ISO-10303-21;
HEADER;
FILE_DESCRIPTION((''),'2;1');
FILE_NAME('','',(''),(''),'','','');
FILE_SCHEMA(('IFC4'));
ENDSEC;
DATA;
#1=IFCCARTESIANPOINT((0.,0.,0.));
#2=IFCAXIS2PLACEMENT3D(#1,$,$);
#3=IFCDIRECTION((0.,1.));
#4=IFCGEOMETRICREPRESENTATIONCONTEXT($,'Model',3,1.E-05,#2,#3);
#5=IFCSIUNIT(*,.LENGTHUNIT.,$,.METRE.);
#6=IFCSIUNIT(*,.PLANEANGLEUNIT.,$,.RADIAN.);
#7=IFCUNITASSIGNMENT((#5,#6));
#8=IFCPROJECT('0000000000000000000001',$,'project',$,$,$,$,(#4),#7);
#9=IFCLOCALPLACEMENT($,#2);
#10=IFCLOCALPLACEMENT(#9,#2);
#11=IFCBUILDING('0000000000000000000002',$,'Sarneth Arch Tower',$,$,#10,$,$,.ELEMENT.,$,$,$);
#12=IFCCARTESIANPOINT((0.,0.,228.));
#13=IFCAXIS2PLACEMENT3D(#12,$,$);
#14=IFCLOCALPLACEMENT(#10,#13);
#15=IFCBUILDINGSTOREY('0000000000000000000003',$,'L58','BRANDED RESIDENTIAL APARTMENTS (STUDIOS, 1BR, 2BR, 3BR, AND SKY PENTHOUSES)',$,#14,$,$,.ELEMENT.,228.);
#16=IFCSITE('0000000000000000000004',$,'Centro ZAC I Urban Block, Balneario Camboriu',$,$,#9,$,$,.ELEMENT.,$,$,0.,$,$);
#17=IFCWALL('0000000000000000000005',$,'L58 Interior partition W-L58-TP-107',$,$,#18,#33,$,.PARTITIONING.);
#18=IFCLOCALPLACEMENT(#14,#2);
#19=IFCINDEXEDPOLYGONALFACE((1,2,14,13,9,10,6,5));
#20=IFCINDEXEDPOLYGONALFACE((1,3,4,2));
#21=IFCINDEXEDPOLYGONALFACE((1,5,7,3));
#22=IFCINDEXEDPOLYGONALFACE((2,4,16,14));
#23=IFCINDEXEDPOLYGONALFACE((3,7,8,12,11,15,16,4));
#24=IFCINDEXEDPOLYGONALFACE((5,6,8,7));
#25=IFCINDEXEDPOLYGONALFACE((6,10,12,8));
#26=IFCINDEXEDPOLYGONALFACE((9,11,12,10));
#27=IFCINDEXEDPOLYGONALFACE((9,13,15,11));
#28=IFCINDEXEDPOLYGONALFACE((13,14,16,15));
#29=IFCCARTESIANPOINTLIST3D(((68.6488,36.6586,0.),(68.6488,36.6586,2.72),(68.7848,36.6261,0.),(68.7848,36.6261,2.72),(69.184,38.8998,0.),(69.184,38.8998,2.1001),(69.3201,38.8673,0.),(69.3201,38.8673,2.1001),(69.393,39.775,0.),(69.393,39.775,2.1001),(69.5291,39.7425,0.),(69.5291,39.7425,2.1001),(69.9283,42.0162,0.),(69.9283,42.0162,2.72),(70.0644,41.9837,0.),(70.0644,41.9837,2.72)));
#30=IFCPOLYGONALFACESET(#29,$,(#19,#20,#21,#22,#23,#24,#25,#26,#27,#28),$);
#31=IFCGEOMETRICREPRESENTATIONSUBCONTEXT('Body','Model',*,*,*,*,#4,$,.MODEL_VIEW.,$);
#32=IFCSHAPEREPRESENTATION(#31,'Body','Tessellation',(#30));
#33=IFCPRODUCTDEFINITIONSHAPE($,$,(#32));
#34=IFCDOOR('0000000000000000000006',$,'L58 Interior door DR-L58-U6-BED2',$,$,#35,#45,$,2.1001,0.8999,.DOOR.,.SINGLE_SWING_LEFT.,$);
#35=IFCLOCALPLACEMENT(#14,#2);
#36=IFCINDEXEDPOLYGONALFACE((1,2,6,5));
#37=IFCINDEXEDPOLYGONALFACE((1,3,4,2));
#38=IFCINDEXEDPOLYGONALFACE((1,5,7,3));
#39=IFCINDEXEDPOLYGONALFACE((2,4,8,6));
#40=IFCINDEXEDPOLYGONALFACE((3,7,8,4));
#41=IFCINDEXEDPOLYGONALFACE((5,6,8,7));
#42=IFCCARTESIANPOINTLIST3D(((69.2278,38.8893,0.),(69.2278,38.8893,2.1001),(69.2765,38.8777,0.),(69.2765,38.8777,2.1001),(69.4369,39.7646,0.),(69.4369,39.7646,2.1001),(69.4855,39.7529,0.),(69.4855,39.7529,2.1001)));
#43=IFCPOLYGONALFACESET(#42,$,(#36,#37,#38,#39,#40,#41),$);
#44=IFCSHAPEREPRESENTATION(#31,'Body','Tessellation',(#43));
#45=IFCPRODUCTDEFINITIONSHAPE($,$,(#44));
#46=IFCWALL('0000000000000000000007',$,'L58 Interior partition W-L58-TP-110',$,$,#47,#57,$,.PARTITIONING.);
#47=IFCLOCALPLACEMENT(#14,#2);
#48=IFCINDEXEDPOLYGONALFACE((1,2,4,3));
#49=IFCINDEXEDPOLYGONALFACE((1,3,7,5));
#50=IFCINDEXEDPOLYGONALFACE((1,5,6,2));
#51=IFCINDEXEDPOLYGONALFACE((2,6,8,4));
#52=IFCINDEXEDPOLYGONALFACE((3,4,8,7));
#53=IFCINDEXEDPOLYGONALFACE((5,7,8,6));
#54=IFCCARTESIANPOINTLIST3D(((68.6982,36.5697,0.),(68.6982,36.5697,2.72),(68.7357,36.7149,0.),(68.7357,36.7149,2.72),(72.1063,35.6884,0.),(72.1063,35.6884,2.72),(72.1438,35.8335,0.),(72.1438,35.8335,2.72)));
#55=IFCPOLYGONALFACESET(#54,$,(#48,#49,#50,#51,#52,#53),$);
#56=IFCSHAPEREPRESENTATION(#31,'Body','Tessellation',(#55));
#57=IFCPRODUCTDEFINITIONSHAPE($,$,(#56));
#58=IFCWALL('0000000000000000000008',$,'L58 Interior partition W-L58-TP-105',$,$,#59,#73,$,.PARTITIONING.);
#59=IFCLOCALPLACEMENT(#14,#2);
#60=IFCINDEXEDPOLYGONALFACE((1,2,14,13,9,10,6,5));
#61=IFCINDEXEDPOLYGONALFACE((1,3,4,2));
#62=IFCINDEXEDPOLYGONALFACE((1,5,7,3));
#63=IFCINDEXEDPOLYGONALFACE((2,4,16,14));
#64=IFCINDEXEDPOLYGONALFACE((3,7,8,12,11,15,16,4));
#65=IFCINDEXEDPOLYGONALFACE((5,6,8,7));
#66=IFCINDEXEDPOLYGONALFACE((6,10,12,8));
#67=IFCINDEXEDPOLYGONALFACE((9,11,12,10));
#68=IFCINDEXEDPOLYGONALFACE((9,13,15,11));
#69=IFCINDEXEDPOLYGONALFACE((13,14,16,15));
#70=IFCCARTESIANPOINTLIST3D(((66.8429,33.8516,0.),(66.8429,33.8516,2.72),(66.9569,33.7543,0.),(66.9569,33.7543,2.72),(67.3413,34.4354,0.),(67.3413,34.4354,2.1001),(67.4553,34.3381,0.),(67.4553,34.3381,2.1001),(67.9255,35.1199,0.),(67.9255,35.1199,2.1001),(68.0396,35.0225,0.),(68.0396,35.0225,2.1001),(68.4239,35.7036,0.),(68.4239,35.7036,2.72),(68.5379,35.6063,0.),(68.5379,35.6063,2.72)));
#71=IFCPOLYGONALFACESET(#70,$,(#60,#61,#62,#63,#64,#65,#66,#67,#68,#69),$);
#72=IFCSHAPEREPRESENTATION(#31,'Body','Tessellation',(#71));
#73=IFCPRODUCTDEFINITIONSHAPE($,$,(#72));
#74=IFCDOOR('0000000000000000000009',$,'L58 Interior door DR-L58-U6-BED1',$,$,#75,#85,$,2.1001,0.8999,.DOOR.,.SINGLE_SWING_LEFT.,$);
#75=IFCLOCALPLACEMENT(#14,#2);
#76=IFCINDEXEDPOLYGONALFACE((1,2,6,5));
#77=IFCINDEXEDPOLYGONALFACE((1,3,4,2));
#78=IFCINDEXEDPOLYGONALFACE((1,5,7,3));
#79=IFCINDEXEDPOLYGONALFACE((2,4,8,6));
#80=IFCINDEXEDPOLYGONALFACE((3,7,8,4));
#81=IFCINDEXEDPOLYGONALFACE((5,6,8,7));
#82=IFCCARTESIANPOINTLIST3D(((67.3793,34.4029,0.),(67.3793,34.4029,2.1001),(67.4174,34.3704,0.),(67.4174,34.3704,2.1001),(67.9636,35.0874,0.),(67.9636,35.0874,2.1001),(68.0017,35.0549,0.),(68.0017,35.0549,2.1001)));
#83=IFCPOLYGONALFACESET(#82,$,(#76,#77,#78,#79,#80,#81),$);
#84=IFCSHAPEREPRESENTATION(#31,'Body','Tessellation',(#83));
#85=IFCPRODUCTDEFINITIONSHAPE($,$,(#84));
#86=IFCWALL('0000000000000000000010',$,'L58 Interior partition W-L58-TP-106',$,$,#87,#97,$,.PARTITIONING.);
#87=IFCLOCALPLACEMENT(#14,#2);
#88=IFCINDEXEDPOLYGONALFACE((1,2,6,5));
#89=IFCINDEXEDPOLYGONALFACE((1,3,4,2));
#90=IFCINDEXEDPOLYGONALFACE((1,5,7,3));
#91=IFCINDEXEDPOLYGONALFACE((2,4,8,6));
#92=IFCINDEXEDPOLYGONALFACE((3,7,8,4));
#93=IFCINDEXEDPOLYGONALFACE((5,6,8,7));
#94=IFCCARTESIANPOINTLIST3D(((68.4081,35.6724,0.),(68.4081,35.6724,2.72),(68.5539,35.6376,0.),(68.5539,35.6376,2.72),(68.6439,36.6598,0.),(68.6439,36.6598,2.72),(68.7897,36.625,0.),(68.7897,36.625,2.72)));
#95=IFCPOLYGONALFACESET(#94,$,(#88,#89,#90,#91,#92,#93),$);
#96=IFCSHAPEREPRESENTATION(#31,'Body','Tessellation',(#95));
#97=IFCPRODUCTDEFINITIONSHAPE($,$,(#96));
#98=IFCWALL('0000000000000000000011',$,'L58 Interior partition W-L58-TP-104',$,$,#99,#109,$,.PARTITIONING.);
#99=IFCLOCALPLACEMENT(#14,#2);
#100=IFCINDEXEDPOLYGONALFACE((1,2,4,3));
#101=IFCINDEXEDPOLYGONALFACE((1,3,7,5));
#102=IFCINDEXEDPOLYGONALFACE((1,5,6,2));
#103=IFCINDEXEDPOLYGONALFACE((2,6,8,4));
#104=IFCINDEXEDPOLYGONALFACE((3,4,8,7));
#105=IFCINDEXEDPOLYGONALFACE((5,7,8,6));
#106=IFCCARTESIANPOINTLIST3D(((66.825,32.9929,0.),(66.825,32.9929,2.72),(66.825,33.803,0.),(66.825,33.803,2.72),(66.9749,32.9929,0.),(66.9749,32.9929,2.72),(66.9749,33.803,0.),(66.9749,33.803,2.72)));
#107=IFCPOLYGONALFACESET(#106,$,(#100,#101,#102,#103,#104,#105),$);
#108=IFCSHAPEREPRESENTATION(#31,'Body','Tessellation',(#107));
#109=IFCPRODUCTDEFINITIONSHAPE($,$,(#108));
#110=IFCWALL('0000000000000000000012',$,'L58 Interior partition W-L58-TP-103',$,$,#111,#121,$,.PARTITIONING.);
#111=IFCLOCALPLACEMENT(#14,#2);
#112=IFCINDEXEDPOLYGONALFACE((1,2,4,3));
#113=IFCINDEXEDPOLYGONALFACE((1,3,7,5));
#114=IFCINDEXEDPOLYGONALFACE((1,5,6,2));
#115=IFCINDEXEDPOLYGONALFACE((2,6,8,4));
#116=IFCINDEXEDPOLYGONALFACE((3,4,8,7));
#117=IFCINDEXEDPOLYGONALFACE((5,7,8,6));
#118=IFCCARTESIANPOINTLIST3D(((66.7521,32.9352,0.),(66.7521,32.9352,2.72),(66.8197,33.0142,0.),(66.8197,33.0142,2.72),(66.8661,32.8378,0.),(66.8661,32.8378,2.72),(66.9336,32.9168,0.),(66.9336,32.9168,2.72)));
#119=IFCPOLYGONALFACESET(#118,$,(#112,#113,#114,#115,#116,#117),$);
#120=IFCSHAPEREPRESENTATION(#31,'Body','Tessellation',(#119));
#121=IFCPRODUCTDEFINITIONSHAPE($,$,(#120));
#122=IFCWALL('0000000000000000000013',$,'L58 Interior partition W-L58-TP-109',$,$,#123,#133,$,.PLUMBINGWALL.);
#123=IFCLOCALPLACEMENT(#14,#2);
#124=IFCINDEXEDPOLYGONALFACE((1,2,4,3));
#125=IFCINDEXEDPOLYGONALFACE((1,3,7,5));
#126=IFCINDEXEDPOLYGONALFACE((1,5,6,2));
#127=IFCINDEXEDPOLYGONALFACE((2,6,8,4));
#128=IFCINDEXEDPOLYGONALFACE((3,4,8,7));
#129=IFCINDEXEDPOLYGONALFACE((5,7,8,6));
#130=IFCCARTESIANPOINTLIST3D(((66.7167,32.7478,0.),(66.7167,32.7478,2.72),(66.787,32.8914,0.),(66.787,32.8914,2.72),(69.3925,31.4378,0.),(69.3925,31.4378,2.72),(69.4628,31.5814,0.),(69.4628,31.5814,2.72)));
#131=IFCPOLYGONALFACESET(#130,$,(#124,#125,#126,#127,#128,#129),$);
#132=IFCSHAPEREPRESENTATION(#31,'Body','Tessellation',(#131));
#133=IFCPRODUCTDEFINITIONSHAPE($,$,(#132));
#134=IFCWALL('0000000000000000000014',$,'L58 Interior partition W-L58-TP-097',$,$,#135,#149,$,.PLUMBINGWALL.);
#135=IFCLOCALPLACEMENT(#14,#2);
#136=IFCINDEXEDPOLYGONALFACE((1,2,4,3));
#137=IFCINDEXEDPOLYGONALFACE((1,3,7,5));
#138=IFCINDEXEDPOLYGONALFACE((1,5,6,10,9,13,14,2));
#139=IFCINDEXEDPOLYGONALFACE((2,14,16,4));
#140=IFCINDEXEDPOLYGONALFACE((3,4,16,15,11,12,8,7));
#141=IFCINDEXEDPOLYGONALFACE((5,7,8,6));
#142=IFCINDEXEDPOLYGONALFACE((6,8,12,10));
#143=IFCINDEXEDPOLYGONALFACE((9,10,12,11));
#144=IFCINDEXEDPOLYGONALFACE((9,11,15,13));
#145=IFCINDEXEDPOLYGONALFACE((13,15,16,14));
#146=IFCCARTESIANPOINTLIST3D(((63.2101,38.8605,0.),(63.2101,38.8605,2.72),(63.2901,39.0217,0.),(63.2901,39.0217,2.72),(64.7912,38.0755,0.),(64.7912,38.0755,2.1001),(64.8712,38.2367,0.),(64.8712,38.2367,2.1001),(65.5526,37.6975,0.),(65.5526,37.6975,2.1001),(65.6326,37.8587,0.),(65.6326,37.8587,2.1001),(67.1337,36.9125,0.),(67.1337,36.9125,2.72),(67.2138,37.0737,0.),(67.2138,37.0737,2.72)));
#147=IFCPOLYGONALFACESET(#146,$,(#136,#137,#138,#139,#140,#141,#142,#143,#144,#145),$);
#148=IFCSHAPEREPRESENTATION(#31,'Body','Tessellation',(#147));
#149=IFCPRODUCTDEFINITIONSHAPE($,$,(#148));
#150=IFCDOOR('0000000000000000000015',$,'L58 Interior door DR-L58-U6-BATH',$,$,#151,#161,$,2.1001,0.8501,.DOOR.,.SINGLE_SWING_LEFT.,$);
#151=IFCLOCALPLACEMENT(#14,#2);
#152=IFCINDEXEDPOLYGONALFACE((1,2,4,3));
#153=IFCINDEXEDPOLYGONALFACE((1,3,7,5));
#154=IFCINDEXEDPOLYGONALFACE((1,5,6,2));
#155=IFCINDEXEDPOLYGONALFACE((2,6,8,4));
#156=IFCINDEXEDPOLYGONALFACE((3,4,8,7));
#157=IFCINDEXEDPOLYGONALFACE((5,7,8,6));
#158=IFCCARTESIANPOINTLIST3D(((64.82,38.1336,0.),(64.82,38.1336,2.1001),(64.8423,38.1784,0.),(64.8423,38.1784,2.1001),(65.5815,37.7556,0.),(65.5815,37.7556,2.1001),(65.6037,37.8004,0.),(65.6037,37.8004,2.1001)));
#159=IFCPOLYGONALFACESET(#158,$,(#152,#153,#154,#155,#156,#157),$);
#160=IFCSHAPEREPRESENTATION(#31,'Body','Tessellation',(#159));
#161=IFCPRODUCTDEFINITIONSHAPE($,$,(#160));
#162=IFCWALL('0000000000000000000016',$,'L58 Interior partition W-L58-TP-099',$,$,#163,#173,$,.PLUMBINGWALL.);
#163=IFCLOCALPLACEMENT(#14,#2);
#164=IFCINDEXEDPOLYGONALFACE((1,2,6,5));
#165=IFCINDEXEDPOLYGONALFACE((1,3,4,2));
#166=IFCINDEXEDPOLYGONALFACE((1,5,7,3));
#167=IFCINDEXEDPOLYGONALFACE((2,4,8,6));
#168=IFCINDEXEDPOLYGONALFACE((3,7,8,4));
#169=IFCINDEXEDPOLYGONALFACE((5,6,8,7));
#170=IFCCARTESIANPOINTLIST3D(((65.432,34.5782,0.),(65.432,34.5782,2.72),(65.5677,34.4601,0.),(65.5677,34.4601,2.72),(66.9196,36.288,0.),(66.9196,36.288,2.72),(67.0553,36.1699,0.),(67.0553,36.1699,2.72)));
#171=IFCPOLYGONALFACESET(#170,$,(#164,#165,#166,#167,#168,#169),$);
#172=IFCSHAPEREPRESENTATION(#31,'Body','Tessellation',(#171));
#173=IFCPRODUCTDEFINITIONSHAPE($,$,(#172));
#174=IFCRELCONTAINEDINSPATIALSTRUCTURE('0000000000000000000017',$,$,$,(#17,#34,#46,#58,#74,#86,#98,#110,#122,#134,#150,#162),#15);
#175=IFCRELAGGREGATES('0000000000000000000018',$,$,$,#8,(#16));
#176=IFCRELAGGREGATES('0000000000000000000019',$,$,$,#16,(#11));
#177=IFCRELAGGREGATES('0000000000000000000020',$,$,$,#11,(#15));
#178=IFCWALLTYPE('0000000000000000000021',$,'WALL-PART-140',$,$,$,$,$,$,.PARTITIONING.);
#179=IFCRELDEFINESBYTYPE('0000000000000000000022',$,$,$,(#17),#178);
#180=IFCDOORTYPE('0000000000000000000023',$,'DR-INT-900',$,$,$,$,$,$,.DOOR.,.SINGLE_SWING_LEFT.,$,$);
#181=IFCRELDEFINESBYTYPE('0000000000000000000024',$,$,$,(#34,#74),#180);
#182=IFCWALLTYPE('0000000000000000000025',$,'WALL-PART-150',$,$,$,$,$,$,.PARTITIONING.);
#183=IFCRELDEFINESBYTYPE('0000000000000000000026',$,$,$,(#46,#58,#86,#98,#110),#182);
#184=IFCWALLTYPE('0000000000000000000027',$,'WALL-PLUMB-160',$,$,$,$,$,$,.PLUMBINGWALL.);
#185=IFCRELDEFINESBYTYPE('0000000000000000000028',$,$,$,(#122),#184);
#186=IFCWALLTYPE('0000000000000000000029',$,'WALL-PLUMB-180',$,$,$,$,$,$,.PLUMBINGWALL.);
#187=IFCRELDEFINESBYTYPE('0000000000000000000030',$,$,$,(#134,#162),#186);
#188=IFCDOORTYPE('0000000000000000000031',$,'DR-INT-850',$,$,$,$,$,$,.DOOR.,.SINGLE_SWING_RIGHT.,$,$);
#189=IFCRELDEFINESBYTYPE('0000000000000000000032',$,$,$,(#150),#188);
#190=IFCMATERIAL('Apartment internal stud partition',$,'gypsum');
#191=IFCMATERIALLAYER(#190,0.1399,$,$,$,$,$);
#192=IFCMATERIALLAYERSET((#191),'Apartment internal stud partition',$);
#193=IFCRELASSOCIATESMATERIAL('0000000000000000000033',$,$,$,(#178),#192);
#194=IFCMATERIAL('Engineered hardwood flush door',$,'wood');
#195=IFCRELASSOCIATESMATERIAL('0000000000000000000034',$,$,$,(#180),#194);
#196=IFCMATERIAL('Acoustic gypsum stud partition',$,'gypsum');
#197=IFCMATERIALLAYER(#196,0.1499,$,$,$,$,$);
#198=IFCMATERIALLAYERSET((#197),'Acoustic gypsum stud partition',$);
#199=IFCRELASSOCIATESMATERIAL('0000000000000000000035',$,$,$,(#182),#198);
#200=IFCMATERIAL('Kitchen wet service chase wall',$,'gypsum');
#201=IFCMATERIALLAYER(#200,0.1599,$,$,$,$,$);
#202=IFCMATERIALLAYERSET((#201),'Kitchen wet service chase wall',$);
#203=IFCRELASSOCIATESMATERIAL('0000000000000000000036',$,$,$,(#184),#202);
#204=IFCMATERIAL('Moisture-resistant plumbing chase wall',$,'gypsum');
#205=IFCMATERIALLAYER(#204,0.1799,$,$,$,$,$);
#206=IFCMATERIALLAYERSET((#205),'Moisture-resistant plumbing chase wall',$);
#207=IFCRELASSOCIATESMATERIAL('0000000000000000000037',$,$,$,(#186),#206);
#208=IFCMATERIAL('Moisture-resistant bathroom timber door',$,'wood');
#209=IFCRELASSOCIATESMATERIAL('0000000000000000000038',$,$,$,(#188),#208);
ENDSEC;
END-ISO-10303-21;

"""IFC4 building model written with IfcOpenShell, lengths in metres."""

from ifc_helpers import new_model, si_unit, direction, frame, frame_2d, origin, place, context, subcontext, project, spatial, rectangle, extrude, material, layer, layer_set, type_object, element, fill, save


model = new_model("IFC4")

# Units and contexts
model_context = context("Model", 3, precision=1e-05, world=origin(), true_north=direction((0.0, 1.0)))
body_context = subcontext(model_context, "Body", "Model", "MODEL_VIEW")
ifc_project = project(units=[si_unit("LENGTHUNIT", "METRE"), si_unit("PLANEANGLEUNIT", "RADIAN")], contexts=[model_context])

# Site, building, storey
site_placement = place(None, origin())
site = spatial("IfcSite", under=ifc_project, at=site_placement, Name="Centro ZAC I Urban Block, Balneario Camboriu", CompositionType="ELEMENT", RefElevation=0.0)
building_placement = place(site_placement, origin())
building = spatial("IfcBuilding", under=site, at=building_placement, Name="Sarneth Arch Tower", CompositionType="ELEMENT")
storey_placement = place(building_placement, frame((0.0, 0.0, 228.0)))
storey = spatial("IfcBuildingStorey", under=building, at=storey_placement, Name="L58", Description="BRANDED RESIDENTIAL APARTMENTS (STUDIOS, 1BR, 2BR, 3BR, AND SKY PENTHOUSES)", CompositionType="ELEMENT", Elevation=228.0)

# Wall, opening, door
ifc_material_1 = material(Name="Apartment internal stud partition", Category="gypsum")
ifc_layer_1 = layer(ifc_material_1, 0.1399)
ifc_layer_set_1 = layer_set([ifc_layer_1], Name="Apartment internal stud partition")
wall_type_1 = type_object("IfcWallType", Name="WALL-PART-140", PredefinedType="PARTITIONING", material=ifc_layer_set_1)
wall_1_placement = place(storey_placement, frame((68.7168, 36.6423, 0.0), z_axis=(0.0, 0.0, 1.0), x_axis=(0.232292, 0.972646, 0.0)))
wall_1 = element("IfcWall", 1, at=wall_1_placement, inside=storey, type_object=wall_type_1, Name="L58 Interior partition W-L58-TP-107", PredefinedType="PARTITIONING", context=body_context, shape_type="SweptSolid", body=[
    extrude(rectangle(XDim=5.5083, YDim=0.1399, at=frame_2d((2.7542, 0.0))), origin(), (0.0, 0.0, 1.0), 2.72),
])
opening_1_placement = place(wall_1_placement, frame((2.3042, 0.0, 0.0)))
opening_1 = element("IfcOpeningElement", 2, at=opening_1_placement, cuts=wall_1, PredefinedType="OPENING", context=body_context, shape_type="SweptSolid", body=[
    extrude(rectangle(XDim=0.8999, YDim=2.1001, at=frame_2d((0.45, 1.05))), frame((0.0, 0.0798, 0.0), z_axis=(0.0, -1.0, 0.0), x_axis=(1.0, 0.0, 0.0)), (0.0, 0.0, 1.0), 0.1599),
])
ifc_material_2 = material(Name="Engineered hardwood flush door", Category="wood")
door_type_1 = type_object("IfcDoorType", Name="DR-INT-900", OperationType="SINGLE_SWING_LEFT", PredefinedType="DOOR", material=ifc_material_2)
door_1_placement = place(opening_1_placement, origin())
door_1 = element("IfcDoor", 3, at=door_1_placement, inside=storey, type_object=door_type_1, Name="L58 Interior door DR-L58-U6-BED2", OperationType="SINGLE_SWING_LEFT", OverallHeight=2.1001, OverallWidth=0.8999, PredefinedType="DOOR", context=body_context, shape_type="SweptSolid", body=[
    extrude(rectangle(XDim=0.8999, YDim=2.1001, at=frame_2d((0.45, 1.05))), frame((0.0, 0.0249, 0.0), z_axis=(0.0, -1.0, 0.0), x_axis=(1.0, 0.0, 0.0)), (0.0, 0.0, 1.0), 0.05),
])
fill(opening_1, door_1)

# Wall
ifc_material_3 = material(Name="Acoustic gypsum stud partition", Category="gypsum")
ifc_layer_2 = layer(ifc_material_3, 0.1499)
ifc_layer_set_2 = layer_set([ifc_layer_2], Name="Acoustic gypsum stud partition")
wall_type_2 = type_object("IfcWallType", Name="WALL-PART-150", PredefinedType="PARTITIONING", material=ifc_layer_set_2)
wall_2_placement = place(storey_placement, frame((68.7168, 36.6423, 0.0), z_axis=(0.0, 0.0, 1.0), x_axis=(0.968153, -0.25036, 0.0)))
element("IfcWall", 4, at=wall_2_placement, inside=storey, type_object=wall_type_2, Name="L58 Interior partition W-L58-TP-110", PredefinedType="PARTITIONING", context=body_context, shape_type="SweptSolid", body=[
    extrude(rectangle(XDim=3.5203, YDim=0.1499, at=frame_2d((1.7603, 0.0))), origin(), (0.0, 0.0, 1.0), 2.72),
])

# Wall, opening, door
wall_3_placement = place(storey_placement, frame((66.8999, 33.803, 0.0), z_axis=(0.0, 0.0, 1.0), x_axis=(0.649271, 0.760557, 0.0)))
wall_3 = element("IfcWall", 5, at=wall_3_placement, inside=storey, type_object=wall_type_2, Name="L58 Interior partition W-L58-TP-105", PredefinedType="PARTITIONING", context=body_context, shape_type="SweptSolid", body=[
    extrude(rectangle(XDim=2.4351, YDim=0.1499, at=frame_2d((1.2175, 0.0))), origin(), (0.0, 0.0, 1.0), 2.72),
])
opening_2_placement = place(wall_3_placement, frame((0.7676, 0.0, 0.0)))
opening_2 = element("IfcOpeningElement", 6, at=opening_2_placement, cuts=wall_3, PredefinedType="OPENING", context=body_context, shape_type="SweptSolid", body=[
    extrude(rectangle(XDim=0.8999, YDim=2.1001, at=frame_2d((0.45, 1.05))), frame((0.0, 0.085, 0.0), z_axis=(0.0, -1.0, 0.0), x_axis=(1.0, 0.0, 0.0)), (0.0, 0.0, 1.0), 0.1699),
])
door_2_placement = place(opening_2_placement, origin())
door_2 = element("IfcDoor", 7, at=door_2_placement, inside=storey, type_object=door_type_1, Name="L58 Interior door DR-L58-U6-BED1", OperationType="SINGLE_SWING_LEFT", OverallHeight=2.1001, OverallWidth=0.8999, PredefinedType="DOOR", context=body_context, shape_type="SweptSolid", body=[
    extrude(rectangle(XDim=0.8999, YDim=2.1001, at=frame_2d((0.45, 1.05))), frame((0.0, 0.0249, 0.0), z_axis=(0.0, -1.0, 0.0), x_axis=(1.0, 0.0, 0.0)), (0.0, 0.0, 1.0), 0.05),
])
fill(opening_2, door_2)

# Walls
wall_4_placement = place(storey_placement, frame((68.481, 35.655, 0.0), z_axis=(0.0, 0.0, 1.0), x_axis=(0.232336, 0.972636, 0.0)))
element("IfcWall", 8, at=wall_4_placement, inside=storey, type_object=wall_type_2, Name="L58 Interior partition W-L58-TP-106", PredefinedType="PARTITIONING", context=body_context, shape_type="SweptSolid", body=[
    extrude(rectangle(XDim=1.0151, YDim=0.1499, at=frame_2d((0.5076, 0.0))), origin(), (0.0, 0.0, 1.0), 2.72),
])
wall_5_placement = place(storey_placement, frame((66.8999, 32.9929, 0.0), z_axis=(0.0, 0.0, 1.0), x_axis=(0.0, 1.0, 0.0)))
element("IfcWall", 9, at=wall_5_placement, inside=storey, type_object=wall_type_2, Name="L58 Interior partition W-L58-TP-104", PredefinedType="PARTITIONING", context=body_context, shape_type="SweptSolid", body=[
    extrude(rectangle(XDim=0.8101, YDim=0.1499, at=frame_2d((0.405, 0.0))), origin(), (0.0, 0.0, 1.0), 2.72),
])
wall_6_placement = place(storey_placement, frame((66.8091, 32.8865, 0.0), z_axis=(0.0, 0.0, 1.0), x_axis=(0.649825, 0.760084, 0.0)))
element("IfcWall", 10, at=wall_6_placement, inside=storey, type_object=wall_type_2, Name="L58 Interior partition W-L58-TP-103", PredefinedType="PARTITIONING", context=body_context, shape_type="SweptSolid", body=[
    extrude(rectangle(XDim=0.104, YDim=0.1499, at=frame_2d((0.052, 0.0))), origin(), (0.0, 0.0, 1.0), 2.72),
])
ifc_material_4 = material(Name="Kitchen wet service chase wall", Category="gypsum")
ifc_layer_3 = layer(ifc_material_4, 0.1599)
ifc_layer_set_3 = layer_set([ifc_layer_3], Name="Kitchen wet service chase wall")
wall_type_3 = type_object("IfcWallType", Name="WALL-PLUMB-160", PredefinedType="PLUMBINGWALL", material=ifc_layer_set_3)
wall_7_placement = place(storey_placement, frame((69.4277, 31.5095, 0.0), z_axis=(0.0, 0.0, 1.0), x_axis=(-0.898133, 0.439724, 0.0)))
element("IfcWall", 11, at=wall_7_placement, inside=storey, type_object=wall_type_3, Name="L58 Interior partition W-L58-TP-109", PredefinedType="PLUMBINGWALL", context=body_context, shape_type="SweptSolid", body=[
    extrude(rectangle(XDim=2.9792, YDim=0.1599, at=frame_2d((1.4897, 0.0))), origin(), (0.0, 0.0, 1.0), 2.72),
])

# Wall, opening, door
ifc_material_5 = material(Name="Moisture-resistant plumbing chase wall", Category="gypsum")
ifc_layer_4 = layer(ifc_material_5, 0.1799)
ifc_layer_set_4 = layer_set([ifc_layer_4], Name="Moisture-resistant plumbing chase wall")
wall_type_4 = type_object("IfcWallType", Name="WALL-PLUMB-180", PredefinedType="PLUMBINGWALL", material=ifc_layer_set_4)
wall_8_placement = place(storey_placement, frame((63.25, 38.9412, 0.0), z_axis=(0.0, 0.0, 1.0), x_axis=(0.895683, -0.444693, 0.0)))
wall_8 = element("IfcWall", 12, at=wall_8_placement, inside=storey, type_object=wall_type_4, Name="L58 Interior partition W-L58-TP-097", PredefinedType="PLUMBINGWALL", context=body_context, shape_type="SweptSolid", body=[
    extrude(rectangle(XDim=4.3806, YDim=0.1799, at=frame_2d((2.1904, 0.0))), origin(), (0.0, 0.0, 1.0), 2.72),
])
opening_3_placement = place(wall_8_placement, frame((1.7654, 0.0, 0.0)))
opening_3 = element("IfcOpeningElement", 13, at=opening_3_placement, cuts=wall_8, PredefinedType="OPENING", context=body_context, shape_type="SweptSolid", body=[
    extrude(rectangle(XDim=0.8501, YDim=2.1001, at=frame_2d((0.425, 1.05))), frame((0.0, 0.0999, 0.0), z_axis=(0.0, -1.0, 0.0), x_axis=(1.0, 0.0, 0.0)), (0.0, 0.0, 1.0), 0.2),
])
ifc_material_6 = material(Name="Moisture-resistant bathroom timber door", Category="wood")
door_type_2 = type_object("IfcDoorType", Name="DR-INT-850", OperationType="SINGLE_SWING_RIGHT", PredefinedType="DOOR", material=ifc_material_6)
door_3_placement = place(opening_3_placement, origin())
door_3 = element("IfcDoor", 14, at=door_3_placement, inside=storey, type_object=door_type_2, Name="L58 Interior door DR-L58-U6-BATH", OperationType="SINGLE_SWING_LEFT", OverallHeight=2.1001, OverallWidth=0.8501, PredefinedType="DOOR", context=body_context, shape_type="SweptSolid", body=[
    extrude(rectangle(XDim=0.8501, YDim=2.1001, at=frame_2d((0.425, 1.05))), frame((0.0, 0.0249, 0.0), z_axis=(0.0, -1.0, 0.0), x_axis=(1.0, 0.0, 0.0)), (0.0, 0.0, 1.0), 0.05),
])
fill(opening_3, door_3)

# Wall
wall_9_placement = place(storey_placement, frame((66.9875, 36.229, 0.0), z_axis=(0.0, 0.0, 1.0), x_axis=(-0.656389, -0.754422, 0.0)))
element("IfcWall", 15, at=wall_9_placement, inside=storey, type_object=wall_type_4, Name="L58 Interior partition W-L58-TP-099", PredefinedType="PLUMBINGWALL", context=body_context, shape_type="SweptSolid", body=[
    extrude(rectangle(XDim=2.2664, YDim=0.1799, at=frame_2d((1.1333, 0.0))), origin(), (0.0, 0.0, 1.0), 2.72),
])

save(model, "model.ifc")
